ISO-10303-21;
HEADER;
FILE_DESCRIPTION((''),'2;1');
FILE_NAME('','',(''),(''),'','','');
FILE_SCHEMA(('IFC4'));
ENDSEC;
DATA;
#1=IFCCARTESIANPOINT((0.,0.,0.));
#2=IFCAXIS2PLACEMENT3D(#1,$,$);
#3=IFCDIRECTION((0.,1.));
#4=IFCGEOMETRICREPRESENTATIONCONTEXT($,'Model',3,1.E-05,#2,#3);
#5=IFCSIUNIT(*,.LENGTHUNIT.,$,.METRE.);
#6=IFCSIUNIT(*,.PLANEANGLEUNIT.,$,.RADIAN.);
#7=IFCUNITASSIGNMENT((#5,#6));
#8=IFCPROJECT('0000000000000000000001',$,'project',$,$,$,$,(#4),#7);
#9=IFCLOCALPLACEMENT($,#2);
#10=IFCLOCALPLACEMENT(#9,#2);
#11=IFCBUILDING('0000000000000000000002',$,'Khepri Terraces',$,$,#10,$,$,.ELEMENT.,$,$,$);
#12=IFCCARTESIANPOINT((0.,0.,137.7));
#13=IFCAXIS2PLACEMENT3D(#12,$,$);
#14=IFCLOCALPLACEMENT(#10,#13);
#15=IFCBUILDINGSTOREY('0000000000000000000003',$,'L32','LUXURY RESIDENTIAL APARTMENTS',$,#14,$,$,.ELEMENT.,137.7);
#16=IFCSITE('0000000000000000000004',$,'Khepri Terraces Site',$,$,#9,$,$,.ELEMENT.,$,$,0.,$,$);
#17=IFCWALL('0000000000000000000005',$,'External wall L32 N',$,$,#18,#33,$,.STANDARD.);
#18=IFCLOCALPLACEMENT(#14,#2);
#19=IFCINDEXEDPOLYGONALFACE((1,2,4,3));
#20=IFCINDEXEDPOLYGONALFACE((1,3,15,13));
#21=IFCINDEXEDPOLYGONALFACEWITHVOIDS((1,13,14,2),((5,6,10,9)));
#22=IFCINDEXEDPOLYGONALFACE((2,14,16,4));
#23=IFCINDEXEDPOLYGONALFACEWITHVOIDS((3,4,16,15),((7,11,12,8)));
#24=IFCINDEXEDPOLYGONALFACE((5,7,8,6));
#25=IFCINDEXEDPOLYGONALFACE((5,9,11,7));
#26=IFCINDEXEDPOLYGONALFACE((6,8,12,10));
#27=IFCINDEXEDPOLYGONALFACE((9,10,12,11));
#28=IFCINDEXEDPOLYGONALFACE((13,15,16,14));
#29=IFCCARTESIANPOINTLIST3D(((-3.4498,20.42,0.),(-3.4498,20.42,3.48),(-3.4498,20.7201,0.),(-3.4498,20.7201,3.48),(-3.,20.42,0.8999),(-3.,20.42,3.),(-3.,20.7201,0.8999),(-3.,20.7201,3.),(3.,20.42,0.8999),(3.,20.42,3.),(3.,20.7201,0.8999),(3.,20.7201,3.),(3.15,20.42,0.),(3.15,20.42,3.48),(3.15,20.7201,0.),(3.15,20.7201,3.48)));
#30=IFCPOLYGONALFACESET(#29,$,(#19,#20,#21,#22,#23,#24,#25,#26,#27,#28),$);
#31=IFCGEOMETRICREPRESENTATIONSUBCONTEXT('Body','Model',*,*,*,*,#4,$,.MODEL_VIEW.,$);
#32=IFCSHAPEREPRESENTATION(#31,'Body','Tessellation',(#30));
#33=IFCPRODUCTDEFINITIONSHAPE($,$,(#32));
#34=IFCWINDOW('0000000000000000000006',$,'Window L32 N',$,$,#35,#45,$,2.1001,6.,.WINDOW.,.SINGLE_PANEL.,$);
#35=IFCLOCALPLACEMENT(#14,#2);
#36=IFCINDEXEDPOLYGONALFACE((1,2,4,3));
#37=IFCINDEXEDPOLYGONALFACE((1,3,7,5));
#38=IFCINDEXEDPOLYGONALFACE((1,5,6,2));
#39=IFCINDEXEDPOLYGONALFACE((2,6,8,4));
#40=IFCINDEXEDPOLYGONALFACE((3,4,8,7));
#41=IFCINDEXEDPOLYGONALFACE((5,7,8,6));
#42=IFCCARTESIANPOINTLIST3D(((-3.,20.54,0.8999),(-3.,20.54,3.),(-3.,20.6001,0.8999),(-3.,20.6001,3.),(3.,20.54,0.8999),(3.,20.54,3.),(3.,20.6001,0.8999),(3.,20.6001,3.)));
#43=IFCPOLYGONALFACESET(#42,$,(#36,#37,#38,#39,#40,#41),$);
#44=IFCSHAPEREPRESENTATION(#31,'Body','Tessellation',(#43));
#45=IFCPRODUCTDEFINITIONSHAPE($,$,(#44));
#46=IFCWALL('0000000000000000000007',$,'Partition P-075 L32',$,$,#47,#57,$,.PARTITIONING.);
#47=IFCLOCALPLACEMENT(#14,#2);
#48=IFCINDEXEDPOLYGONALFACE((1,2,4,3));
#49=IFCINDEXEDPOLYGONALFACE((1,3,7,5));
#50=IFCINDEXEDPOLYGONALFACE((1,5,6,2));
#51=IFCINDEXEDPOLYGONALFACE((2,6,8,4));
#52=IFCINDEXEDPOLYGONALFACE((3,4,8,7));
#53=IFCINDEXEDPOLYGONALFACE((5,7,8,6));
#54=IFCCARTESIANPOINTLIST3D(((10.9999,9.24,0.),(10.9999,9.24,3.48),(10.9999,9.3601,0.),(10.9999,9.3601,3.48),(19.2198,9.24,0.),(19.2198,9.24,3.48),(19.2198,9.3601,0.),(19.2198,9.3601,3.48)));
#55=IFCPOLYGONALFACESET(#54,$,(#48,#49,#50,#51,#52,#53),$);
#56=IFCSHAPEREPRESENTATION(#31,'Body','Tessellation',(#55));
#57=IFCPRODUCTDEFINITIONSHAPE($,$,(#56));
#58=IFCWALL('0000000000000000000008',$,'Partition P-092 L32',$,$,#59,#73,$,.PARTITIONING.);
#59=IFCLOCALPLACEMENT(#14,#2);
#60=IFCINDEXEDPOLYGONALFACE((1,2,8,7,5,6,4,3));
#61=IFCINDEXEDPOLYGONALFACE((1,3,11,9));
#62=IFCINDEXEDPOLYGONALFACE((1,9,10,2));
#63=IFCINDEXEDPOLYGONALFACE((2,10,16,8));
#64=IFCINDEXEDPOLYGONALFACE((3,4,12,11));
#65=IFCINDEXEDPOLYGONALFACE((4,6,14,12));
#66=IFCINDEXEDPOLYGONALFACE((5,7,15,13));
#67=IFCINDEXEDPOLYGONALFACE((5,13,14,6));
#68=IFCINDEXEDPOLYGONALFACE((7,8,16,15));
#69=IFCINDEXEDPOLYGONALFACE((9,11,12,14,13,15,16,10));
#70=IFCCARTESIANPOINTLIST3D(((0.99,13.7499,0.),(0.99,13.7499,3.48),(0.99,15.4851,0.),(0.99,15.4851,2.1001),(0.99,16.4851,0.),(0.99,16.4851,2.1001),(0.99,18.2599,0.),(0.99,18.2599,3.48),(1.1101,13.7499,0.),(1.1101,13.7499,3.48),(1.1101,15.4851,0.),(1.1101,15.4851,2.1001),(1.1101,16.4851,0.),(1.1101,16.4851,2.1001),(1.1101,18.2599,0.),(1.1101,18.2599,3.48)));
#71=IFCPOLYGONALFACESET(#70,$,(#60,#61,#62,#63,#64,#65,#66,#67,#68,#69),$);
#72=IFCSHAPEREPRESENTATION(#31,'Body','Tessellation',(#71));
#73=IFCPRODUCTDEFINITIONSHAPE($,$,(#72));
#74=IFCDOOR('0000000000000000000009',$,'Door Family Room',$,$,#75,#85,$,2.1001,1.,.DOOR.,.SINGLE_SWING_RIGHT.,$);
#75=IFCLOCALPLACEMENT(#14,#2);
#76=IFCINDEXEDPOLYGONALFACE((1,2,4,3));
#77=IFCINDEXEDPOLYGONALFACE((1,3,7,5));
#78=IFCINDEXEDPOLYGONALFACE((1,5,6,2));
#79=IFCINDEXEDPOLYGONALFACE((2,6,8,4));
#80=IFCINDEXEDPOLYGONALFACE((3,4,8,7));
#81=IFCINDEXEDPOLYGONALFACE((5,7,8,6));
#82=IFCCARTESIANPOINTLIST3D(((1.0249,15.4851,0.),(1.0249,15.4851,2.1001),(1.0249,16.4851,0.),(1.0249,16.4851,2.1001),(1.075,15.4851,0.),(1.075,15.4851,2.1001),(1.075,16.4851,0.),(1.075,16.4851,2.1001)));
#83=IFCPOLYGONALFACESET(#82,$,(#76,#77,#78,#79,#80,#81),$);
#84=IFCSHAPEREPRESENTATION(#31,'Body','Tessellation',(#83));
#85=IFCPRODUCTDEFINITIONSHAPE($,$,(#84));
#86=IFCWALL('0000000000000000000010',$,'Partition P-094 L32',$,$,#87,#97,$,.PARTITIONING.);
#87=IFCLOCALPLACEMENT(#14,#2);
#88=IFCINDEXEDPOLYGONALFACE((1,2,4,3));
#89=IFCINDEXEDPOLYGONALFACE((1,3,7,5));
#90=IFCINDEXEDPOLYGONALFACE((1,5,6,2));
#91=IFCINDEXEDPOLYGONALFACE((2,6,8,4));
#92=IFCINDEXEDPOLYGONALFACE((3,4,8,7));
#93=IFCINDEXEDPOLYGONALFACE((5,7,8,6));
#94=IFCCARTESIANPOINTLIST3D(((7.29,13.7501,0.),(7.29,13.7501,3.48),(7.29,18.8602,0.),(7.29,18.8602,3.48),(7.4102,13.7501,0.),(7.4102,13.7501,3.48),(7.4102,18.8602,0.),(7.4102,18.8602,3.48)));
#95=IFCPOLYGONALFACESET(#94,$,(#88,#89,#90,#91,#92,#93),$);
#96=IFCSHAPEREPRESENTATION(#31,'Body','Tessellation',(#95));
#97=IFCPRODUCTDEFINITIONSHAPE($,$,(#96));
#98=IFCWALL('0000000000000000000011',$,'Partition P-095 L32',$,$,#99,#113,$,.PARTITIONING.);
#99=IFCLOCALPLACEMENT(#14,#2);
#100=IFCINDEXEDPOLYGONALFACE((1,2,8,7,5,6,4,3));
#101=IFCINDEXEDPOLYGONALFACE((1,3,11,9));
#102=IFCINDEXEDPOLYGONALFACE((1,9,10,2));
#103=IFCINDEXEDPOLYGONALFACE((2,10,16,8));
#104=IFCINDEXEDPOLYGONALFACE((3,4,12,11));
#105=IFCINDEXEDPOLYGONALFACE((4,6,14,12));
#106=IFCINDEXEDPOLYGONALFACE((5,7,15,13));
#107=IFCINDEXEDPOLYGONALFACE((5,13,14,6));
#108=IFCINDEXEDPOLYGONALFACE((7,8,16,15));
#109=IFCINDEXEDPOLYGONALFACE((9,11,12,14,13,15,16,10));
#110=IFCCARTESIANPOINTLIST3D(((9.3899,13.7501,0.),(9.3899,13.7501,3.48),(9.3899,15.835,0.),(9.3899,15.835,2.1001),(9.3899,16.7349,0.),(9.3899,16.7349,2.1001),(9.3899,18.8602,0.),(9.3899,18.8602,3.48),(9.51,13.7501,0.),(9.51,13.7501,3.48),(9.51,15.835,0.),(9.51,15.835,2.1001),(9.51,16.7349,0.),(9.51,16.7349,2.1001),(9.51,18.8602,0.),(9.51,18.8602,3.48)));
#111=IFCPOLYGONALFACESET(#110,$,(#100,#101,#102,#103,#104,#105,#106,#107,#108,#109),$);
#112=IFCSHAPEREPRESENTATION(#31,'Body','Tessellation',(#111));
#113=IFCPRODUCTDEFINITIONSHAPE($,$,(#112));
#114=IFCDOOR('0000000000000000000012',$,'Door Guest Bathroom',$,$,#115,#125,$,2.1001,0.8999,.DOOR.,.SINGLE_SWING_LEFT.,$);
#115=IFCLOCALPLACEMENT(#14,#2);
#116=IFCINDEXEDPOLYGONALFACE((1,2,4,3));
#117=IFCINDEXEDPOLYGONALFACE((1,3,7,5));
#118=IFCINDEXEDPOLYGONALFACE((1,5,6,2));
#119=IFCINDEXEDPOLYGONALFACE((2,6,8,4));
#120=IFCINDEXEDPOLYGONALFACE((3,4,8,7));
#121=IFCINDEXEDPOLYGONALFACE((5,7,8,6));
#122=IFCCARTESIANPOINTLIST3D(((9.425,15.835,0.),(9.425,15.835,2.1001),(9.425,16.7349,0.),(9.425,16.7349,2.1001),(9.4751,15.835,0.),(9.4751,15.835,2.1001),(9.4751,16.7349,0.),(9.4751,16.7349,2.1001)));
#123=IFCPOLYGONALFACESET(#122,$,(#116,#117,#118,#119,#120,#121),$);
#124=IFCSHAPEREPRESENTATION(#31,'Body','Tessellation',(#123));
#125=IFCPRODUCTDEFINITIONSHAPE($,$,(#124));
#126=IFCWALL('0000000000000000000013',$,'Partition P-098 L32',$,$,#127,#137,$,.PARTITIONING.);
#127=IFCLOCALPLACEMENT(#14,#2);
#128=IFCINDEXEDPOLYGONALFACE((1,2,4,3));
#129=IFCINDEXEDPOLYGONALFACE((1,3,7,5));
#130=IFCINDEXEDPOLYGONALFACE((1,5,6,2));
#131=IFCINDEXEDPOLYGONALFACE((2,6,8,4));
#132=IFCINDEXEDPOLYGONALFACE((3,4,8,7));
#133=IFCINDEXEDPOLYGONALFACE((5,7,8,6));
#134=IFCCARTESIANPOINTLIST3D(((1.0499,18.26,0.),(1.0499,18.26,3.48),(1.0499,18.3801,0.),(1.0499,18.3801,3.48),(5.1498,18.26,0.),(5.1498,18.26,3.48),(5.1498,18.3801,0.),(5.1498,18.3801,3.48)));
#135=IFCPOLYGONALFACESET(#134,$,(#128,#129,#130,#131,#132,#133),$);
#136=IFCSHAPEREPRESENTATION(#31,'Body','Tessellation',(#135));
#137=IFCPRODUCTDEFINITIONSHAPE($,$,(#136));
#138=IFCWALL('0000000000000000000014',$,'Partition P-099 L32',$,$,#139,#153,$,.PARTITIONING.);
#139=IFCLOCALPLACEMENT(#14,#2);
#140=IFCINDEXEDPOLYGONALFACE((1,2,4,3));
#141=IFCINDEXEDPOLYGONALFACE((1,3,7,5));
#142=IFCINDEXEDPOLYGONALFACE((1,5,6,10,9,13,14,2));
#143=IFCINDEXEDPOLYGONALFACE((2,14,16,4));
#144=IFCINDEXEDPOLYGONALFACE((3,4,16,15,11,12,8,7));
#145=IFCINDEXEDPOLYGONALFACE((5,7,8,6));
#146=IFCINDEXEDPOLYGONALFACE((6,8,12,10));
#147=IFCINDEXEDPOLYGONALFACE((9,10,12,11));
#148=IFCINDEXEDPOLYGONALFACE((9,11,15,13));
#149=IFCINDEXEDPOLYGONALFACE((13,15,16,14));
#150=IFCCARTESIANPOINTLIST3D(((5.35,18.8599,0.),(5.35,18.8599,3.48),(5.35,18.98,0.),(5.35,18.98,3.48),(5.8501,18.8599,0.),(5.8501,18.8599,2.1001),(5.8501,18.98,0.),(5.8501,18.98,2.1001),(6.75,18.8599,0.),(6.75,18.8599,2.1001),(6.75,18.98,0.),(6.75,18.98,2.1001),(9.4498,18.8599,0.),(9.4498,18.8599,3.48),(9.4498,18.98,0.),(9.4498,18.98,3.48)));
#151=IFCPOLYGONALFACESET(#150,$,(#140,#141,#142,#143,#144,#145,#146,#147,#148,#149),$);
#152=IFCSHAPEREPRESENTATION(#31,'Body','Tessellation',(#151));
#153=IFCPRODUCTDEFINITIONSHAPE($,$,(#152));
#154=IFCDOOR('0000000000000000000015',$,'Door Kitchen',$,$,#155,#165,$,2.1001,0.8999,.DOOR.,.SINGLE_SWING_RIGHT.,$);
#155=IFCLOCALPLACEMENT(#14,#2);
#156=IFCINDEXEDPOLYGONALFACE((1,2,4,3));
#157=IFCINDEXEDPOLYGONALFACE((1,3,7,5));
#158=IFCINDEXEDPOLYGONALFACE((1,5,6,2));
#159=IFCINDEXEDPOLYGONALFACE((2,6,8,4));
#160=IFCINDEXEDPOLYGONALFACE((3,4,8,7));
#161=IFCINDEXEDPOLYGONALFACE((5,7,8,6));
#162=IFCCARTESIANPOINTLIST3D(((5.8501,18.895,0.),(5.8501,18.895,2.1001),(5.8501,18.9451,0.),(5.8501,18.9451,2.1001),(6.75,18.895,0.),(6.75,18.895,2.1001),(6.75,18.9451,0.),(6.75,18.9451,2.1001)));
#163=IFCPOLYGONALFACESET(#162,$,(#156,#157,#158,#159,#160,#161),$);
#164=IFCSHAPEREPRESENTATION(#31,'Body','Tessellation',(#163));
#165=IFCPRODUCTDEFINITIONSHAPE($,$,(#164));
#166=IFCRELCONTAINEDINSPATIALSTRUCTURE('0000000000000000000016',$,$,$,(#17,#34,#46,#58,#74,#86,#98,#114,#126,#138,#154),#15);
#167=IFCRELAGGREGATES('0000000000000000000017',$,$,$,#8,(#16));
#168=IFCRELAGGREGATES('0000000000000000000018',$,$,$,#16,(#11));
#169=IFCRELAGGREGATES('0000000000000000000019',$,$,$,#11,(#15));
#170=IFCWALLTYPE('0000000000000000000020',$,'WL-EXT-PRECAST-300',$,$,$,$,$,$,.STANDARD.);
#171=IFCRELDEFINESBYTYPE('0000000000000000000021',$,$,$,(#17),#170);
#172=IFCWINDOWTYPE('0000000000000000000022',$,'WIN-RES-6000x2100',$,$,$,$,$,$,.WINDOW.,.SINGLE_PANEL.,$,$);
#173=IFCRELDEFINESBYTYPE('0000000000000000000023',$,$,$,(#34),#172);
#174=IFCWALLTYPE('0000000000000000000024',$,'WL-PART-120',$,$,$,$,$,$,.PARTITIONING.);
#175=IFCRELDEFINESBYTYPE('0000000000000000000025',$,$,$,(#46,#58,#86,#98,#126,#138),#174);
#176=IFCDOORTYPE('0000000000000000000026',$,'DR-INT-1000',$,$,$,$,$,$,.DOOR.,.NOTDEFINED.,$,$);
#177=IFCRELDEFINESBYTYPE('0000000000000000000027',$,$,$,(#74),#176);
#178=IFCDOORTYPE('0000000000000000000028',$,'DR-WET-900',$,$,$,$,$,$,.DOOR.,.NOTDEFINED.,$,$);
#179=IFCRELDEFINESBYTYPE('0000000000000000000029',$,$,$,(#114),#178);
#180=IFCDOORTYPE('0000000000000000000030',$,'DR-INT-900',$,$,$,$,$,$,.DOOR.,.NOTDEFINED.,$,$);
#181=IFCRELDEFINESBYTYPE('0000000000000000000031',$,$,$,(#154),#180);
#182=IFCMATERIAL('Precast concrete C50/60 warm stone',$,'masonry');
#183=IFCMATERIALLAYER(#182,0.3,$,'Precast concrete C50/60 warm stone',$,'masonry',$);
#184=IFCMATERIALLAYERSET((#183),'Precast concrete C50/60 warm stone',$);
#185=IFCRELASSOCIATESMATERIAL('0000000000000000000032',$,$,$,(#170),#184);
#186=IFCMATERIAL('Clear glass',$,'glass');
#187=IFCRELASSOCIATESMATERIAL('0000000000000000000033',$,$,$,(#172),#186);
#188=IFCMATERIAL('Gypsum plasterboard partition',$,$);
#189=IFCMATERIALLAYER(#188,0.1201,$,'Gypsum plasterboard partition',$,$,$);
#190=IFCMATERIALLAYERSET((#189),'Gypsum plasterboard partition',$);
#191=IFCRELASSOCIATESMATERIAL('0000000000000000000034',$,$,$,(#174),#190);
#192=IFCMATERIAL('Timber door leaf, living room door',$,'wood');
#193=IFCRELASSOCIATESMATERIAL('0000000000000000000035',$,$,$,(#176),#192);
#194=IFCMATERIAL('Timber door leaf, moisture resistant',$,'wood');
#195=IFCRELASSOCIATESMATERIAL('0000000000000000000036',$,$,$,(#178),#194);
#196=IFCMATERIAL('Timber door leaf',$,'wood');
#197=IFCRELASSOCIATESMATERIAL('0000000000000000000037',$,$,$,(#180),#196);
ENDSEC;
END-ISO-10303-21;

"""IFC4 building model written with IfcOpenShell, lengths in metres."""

from ifc_helpers import new_model, si_unit, direction, frame, frame_2d, origin, place, context, subcontext, project, spatial, rectangle, extrude, material, layer, layer_set, type_object, element, fill, save


model = new_model("IFC4")

# Units and contexts
model_context = context("Model", 3, precision=1e-05, world=origin(), true_north=direction((0.0, 1.0)))
body_context = subcontext(model_context, "Body", "Model", "MODEL_VIEW")
ifc_project = project(units=[si_unit("LENGTHUNIT", "METRE"), si_unit("PLANEANGLEUNIT", "RADIAN")], contexts=[model_context])

# Site, building, storey
site_placement = place(None, origin())
site = spatial("IfcSite", under=ifc_project, at=site_placement, Name="Khepri Terraces Site", CompositionType="ELEMENT", RefElevation=0.0)
building_placement = place(site_placement, origin())
building = spatial("IfcBuilding", under=site, at=building_placement, Name="Khepri Terraces", CompositionType="ELEMENT")
storey_placement = place(building_placement, frame((0.0, 0.0, 137.7)))
storey = spatial("IfcBuildingStorey", under=building, at=storey_placement, Name="L32", Description="LUXURY RESIDENTIAL APARTMENTS", CompositionType="ELEMENT", Elevation=137.7)

# Shared definitions
ifc_material_1 = material(Name="Precast concrete C50/60 warm stone", Category="masonry")
ifc_layer_1 = layer(ifc_material_1, 0.3, Name="Precast concrete C50/60 warm stone", Category="masonry")
ifc_layer_set_1 = layer_set([ifc_layer_1], Name="Precast concrete C50/60 warm stone")
wall_type_1 = type_object("IfcWallType", Name="WL-EXT-PRECAST-300", PredefinedType="STANDARD", material=ifc_layer_set_1)
ifc_material_2 = material(Name="Clear glass", Category="glass")

# Wall, opening, window
wall_1_placement = place(storey_placement, frame((3.1499, 20.5701, 0.0), z_axis=(0.0, 0.0, 1.0), x_axis=(-1.0, 0.0, 0.0)))
wall_1 = element("IfcWall", 1, at=wall_1_placement, inside=storey, type_object=wall_type_1, Name="External wall L32 N", PredefinedType="STANDARD", context=body_context, shape_type="SweptSolid", body=[
    extrude(rectangle(XDim=6.5999, YDim=0.3, at=frame_2d((3.2998, 0.0))), origin(), (0.0, 0.0, 1.0), 3.48),
])
opening_1_placement = place(wall_1_placement, frame((0.1499, 0.0, 0.8999)))
opening_1 = element("IfcOpeningElement", 2, at=opening_1_placement, cuts=wall_1, PredefinedType="OPENING", context=body_context, shape_type="SweptSolid", body=[
    extrude(rectangle(XDim=6.0, YDim=2.1001, at=frame_2d((3.0, 1.05))), frame((0.0, 0.1602, 0.0), z_axis=(0.0, -1.0, 0.0), x_axis=(1.0, 0.0, 0.0)), (0.0, 0.0, 1.0), 0.3201),
])
window_type_1 = type_object("IfcWindowType", Name="WIN-RES-6000x2100", PartitioningType="SINGLE_PANEL", PredefinedType="WINDOW", material=ifc_material_2)
window_1_placement = place(opening_1_placement, origin())
window_1 = element("IfcWindow", 3, at=window_1_placement, inside=storey, type_object=window_type_1, Name="Window L32 N", OverallHeight=2.1001, OverallWidth=6.0, PartitioningType="SINGLE_PANEL", PredefinedType="WINDOW", context=body_context, shape_type="SweptSolid", body=[
    extrude(rectangle(XDim=6.0, YDim=2.1001, at=frame_2d((3.0, 1.05))), frame((0.0, 0.03, 0.0), z_axis=(0.0, -1.0, 0.0), x_axis=(1.0, 0.0, 0.0)), (0.0, 0.0, 1.0), 0.0601),
])
fill(opening_1, window_1)

# Wall
ifc_material_3 = material(Name="Gypsum plasterboard partition")
ifc_layer_2 = layer(ifc_material_3, 0.1201, Name="Gypsum plasterboard partition")
ifc_layer_set_2 = layer_set([ifc_layer_2], Name="Gypsum plasterboard partition")
wall_type_2 = type_object("IfcWallType", Name="WL-PART-120", PredefinedType="PARTITIONING", material=ifc_layer_set_2)
wall_2_placement = place(storey_placement, frame((11.0, 9.3, 0.0), z_axis=(0.0, 0.0, 1.0), x_axis=(1.0, 0.0, 0.0)))
element("IfcWall", 4, at=wall_2_placement, inside=storey, type_object=wall_type_2, Name="Partition P-075 L32", PredefinedType="PARTITIONING", context=body_context, shape_type="SweptSolid", body=[
    extrude(rectangle(XDim=8.22, YDim=0.1201, at=frame_2d((4.1099, 0.0))), origin(), (0.0, 0.0, 1.0), 3.48),
])

# Wall, opening, door
wall_3_placement = place(storey_placement, frame((1.05, 13.75, 0.0), z_axis=(0.0, 0.0, 1.0), x_axis=(0.0, 1.0, 0.0)))
wall_3 = element("IfcWall", 5, at=wall_3_placement, inside=storey, type_object=wall_type_2, Name="Partition P-092 L32", PredefinedType="PARTITIONING", context=body_context, shape_type="SweptSolid", body=[
    extrude(rectangle(XDim=4.51, YDim=0.1201, at=frame_2d((2.2549, 0.0))), origin(), (0.0, 0.0, 1.0), 3.48),
])
opening_2_placement = place(wall_3_placement, frame((1.7351, 0.0, 0.0)))
opening_2 = element("IfcOpeningElement", 6, at=opening_2_placement, cuts=wall_3, PredefinedType="OPENING", context=body_context, shape_type="SweptSolid", body=[
    extrude(rectangle(XDim=1.0, YDim=2.1001, at=frame_2d((0.5, 1.05))), frame((0.0, 0.0701, 0.0), z_axis=(0.0, -1.0, 0.0), x_axis=(1.0, 0.0, 0.0)), (0.0, 0.0, 1.0), 0.1401),
])
ifc_material_4 = material(Name="Timber door leaf, living room door", Category="wood")
door_type_1 = type_object("IfcDoorType", Name="DR-INT-1000", OperationType="NOTDEFINED", PredefinedType="DOOR", material=ifc_material_4)
door_1_placement = place(opening_2_placement, frame((1.0, 0.0, 0.0), z_axis=(0.0, 0.0, 1.0), x_axis=(-1.0, 0.0, 0.0)))
door_1 = element("IfcDoor", 7, at=door_1_placement, inside=storey, type_object=door_type_1, Name="Door Family Room", OperationType="SINGLE_SWING_RIGHT", OverallHeight=2.1001, OverallWidth=1.0, PredefinedType="DOOR", context=body_context, shape_type="SweptSolid", body=[
    extrude(rectangle(XDim=1.0, YDim=2.1001, at=frame_2d((0.5, 1.05))), frame((0.0, 0.0249, 0.0), z_axis=(0.0, -1.0, 0.0), x_axis=(1.0, 0.0, 0.0)), (0.0, 0.0, 1.0), 0.05),
])
fill(opening_2, door_1)

# Wall
wall_4_placement = place(storey_placement, frame((7.3501, 13.75, 0.0), z_axis=(0.0, 0.0, 1.0), x_axis=(0.0, 1.0, 0.0)))
element("IfcWall", 8, at=wall_4_placement, inside=storey, type_object=wall_type_2, Name="Partition P-094 L32", PredefinedType="PARTITIONING", context=body_context, shape_type="SweptSolid", body=[
    extrude(rectangle(XDim=5.1101, YDim=0.1201, at=frame_2d((2.5552, 0.0))), origin(), (0.0, 0.0, 1.0), 3.48),
])

# Wall, opening, door
wall_5_placement = place(storey_placement, frame((9.45, 13.75, 0.0), z_axis=(0.0, 0.0, 1.0), x_axis=(0.0, 1.0, 0.0)))
wall_5 = element("IfcWall", 9, at=wall_5_placement, inside=storey, type_object=wall_type_2, Name="Partition P-095 L32", PredefinedType="PARTITIONING", context=body_context, shape_type="SweptSolid", body=[
    extrude(rectangle(XDim=5.1101, YDim=0.1201, at=frame_2d((2.5552, 0.0))), origin(), (0.0, 0.0, 1.0), 3.48),
])
opening_3_placement = place(wall_5_placement, frame((2.085, 0.0, 0.0)))
opening_3 = element("IfcOpeningElement", 10, at=opening_3_placement, cuts=wall_5, PredefinedType="OPENING", context=body_context, shape_type="SweptSolid", body=[
    extrude(rectangle(XDim=0.8999, YDim=2.1001, at=frame_2d((0.45, 1.05))), frame((0.0, 0.0701, 0.0), z_axis=(0.0, -1.0, 0.0), x_axis=(1.0, 0.0, 0.0)), (0.0, 0.0, 1.0), 0.1401),
])
ifc_material_5 = material(Name="Timber door leaf, moisture resistant", Category="wood")
door_type_2 = type_object("IfcDoorType", Name="DR-WET-900", OperationType="NOTDEFINED", PredefinedType="DOOR", material=ifc_material_5)
door_2_placement = place(opening_3_placement, origin())
door_2 = element("IfcDoor", 11, at=door_2_placement, inside=storey, type_object=door_type_2, Name="Door Guest Bathroom", OperationType="SINGLE_SWING_LEFT", OverallHeight=2.1001, OverallWidth=0.8999, PredefinedType="DOOR", context=body_context, shape_type="SweptSolid", body=[
    extrude(rectangle(XDim=0.8999, YDim=2.1001, at=frame_2d((0.45, 1.05))), frame((0.0, 0.0249, 0.0), z_axis=(0.0, -1.0, 0.0), x_axis=(1.0, 0.0, 0.0)), (0.0, 0.0, 1.0), 0.05),
])
fill(opening_3, door_2)

# Wall
wall_6_placement = place(storey_placement, frame((1.05, 18.3201, 0.0), z_axis=(0.0, 0.0, 1.0), x_axis=(1.0, 0.0, 0.0)))
element("IfcWall", 12, at=wall_6_placement, inside=storey, type_object=wall_type_2, Name="Partition P-098 L32", PredefinedType="PARTITIONING", context=body_context, shape_type="SweptSolid", body=[
    extrude(rectangle(XDim=4.0999, YDim=0.1201, at=frame_2d((2.0498, 0.0))), origin(), (0.0, 0.0, 1.0), 3.48),
])

# Wall, opening, door
wall_7_placement = place(storey_placement, frame((5.3501, 18.9199, 0.0), z_axis=(0.0, 0.0, 1.0), x_axis=(1.0, 0.0, 0.0)))
wall_7 = element("IfcWall", 13, at=wall_7_placement, inside=storey, type_object=wall_type_2, Name="Partition P-099 L32", PredefinedType="PARTITIONING", context=body_context, shape_type="SweptSolid", body=[
    extrude(rectangle(XDim=4.0999, YDim=0.1201, at=frame_2d((2.0498, 0.0))), origin(), (0.0, 0.0, 1.0), 3.48),
])
opening_4_placement = place(wall_7_placement, frame((0.5, 0.0, 0.0)))
opening_4 = element("IfcOpeningElement", 14, at=opening_4_placement, cuts=wall_7, PredefinedType="OPENING", context=body_context, shape_type="SweptSolid", body=[
    extrude(rectangle(XDim=0.8999, YDim=2.1001, at=frame_2d((0.45, 1.05))), frame((0.0, 0.0701, 0.0), z_axis=(0.0, -1.0, 0.0), x_axis=(1.0, 0.0, 0.0)), (0.0, 0.0, 1.0), 0.1401),
])
ifc_material_6 = material(Name="Timber door leaf", Category="wood")
door_type_3 = type_object("IfcDoorType", Name="DR-INT-900", OperationType="NOTDEFINED", PredefinedType="DOOR", material=ifc_material_6)
door_3_placement = place(opening_4_placement, frame((0.8999, 0.0, 0.0), z_axis=(0.0, 0.0, 1.0), x_axis=(-1.0, 0.0, 0.0)))
door_3 = element("IfcDoor", 15, at=door_3_placement, inside=storey, type_object=door_type_3, Name="Door Kitchen", OperationType="SINGLE_SWING_RIGHT", OverallHeight=2.1001, OverallWidth=0.8999, PredefinedType="DOOR", context=body_context, shape_type="SweptSolid", body=[
    extrude(rectangle(XDim=0.8999, YDim=2.1001, at=frame_2d((0.45, 1.05))), frame((0.0, 0.0249, 0.0), z_axis=(0.0, -1.0, 0.0), x_axis=(1.0, 0.0, 0.0)), (0.0, 0.0, 1.0), 0.05),
])
fill(opening_4, door_3)

save(model, "model.ifc")
